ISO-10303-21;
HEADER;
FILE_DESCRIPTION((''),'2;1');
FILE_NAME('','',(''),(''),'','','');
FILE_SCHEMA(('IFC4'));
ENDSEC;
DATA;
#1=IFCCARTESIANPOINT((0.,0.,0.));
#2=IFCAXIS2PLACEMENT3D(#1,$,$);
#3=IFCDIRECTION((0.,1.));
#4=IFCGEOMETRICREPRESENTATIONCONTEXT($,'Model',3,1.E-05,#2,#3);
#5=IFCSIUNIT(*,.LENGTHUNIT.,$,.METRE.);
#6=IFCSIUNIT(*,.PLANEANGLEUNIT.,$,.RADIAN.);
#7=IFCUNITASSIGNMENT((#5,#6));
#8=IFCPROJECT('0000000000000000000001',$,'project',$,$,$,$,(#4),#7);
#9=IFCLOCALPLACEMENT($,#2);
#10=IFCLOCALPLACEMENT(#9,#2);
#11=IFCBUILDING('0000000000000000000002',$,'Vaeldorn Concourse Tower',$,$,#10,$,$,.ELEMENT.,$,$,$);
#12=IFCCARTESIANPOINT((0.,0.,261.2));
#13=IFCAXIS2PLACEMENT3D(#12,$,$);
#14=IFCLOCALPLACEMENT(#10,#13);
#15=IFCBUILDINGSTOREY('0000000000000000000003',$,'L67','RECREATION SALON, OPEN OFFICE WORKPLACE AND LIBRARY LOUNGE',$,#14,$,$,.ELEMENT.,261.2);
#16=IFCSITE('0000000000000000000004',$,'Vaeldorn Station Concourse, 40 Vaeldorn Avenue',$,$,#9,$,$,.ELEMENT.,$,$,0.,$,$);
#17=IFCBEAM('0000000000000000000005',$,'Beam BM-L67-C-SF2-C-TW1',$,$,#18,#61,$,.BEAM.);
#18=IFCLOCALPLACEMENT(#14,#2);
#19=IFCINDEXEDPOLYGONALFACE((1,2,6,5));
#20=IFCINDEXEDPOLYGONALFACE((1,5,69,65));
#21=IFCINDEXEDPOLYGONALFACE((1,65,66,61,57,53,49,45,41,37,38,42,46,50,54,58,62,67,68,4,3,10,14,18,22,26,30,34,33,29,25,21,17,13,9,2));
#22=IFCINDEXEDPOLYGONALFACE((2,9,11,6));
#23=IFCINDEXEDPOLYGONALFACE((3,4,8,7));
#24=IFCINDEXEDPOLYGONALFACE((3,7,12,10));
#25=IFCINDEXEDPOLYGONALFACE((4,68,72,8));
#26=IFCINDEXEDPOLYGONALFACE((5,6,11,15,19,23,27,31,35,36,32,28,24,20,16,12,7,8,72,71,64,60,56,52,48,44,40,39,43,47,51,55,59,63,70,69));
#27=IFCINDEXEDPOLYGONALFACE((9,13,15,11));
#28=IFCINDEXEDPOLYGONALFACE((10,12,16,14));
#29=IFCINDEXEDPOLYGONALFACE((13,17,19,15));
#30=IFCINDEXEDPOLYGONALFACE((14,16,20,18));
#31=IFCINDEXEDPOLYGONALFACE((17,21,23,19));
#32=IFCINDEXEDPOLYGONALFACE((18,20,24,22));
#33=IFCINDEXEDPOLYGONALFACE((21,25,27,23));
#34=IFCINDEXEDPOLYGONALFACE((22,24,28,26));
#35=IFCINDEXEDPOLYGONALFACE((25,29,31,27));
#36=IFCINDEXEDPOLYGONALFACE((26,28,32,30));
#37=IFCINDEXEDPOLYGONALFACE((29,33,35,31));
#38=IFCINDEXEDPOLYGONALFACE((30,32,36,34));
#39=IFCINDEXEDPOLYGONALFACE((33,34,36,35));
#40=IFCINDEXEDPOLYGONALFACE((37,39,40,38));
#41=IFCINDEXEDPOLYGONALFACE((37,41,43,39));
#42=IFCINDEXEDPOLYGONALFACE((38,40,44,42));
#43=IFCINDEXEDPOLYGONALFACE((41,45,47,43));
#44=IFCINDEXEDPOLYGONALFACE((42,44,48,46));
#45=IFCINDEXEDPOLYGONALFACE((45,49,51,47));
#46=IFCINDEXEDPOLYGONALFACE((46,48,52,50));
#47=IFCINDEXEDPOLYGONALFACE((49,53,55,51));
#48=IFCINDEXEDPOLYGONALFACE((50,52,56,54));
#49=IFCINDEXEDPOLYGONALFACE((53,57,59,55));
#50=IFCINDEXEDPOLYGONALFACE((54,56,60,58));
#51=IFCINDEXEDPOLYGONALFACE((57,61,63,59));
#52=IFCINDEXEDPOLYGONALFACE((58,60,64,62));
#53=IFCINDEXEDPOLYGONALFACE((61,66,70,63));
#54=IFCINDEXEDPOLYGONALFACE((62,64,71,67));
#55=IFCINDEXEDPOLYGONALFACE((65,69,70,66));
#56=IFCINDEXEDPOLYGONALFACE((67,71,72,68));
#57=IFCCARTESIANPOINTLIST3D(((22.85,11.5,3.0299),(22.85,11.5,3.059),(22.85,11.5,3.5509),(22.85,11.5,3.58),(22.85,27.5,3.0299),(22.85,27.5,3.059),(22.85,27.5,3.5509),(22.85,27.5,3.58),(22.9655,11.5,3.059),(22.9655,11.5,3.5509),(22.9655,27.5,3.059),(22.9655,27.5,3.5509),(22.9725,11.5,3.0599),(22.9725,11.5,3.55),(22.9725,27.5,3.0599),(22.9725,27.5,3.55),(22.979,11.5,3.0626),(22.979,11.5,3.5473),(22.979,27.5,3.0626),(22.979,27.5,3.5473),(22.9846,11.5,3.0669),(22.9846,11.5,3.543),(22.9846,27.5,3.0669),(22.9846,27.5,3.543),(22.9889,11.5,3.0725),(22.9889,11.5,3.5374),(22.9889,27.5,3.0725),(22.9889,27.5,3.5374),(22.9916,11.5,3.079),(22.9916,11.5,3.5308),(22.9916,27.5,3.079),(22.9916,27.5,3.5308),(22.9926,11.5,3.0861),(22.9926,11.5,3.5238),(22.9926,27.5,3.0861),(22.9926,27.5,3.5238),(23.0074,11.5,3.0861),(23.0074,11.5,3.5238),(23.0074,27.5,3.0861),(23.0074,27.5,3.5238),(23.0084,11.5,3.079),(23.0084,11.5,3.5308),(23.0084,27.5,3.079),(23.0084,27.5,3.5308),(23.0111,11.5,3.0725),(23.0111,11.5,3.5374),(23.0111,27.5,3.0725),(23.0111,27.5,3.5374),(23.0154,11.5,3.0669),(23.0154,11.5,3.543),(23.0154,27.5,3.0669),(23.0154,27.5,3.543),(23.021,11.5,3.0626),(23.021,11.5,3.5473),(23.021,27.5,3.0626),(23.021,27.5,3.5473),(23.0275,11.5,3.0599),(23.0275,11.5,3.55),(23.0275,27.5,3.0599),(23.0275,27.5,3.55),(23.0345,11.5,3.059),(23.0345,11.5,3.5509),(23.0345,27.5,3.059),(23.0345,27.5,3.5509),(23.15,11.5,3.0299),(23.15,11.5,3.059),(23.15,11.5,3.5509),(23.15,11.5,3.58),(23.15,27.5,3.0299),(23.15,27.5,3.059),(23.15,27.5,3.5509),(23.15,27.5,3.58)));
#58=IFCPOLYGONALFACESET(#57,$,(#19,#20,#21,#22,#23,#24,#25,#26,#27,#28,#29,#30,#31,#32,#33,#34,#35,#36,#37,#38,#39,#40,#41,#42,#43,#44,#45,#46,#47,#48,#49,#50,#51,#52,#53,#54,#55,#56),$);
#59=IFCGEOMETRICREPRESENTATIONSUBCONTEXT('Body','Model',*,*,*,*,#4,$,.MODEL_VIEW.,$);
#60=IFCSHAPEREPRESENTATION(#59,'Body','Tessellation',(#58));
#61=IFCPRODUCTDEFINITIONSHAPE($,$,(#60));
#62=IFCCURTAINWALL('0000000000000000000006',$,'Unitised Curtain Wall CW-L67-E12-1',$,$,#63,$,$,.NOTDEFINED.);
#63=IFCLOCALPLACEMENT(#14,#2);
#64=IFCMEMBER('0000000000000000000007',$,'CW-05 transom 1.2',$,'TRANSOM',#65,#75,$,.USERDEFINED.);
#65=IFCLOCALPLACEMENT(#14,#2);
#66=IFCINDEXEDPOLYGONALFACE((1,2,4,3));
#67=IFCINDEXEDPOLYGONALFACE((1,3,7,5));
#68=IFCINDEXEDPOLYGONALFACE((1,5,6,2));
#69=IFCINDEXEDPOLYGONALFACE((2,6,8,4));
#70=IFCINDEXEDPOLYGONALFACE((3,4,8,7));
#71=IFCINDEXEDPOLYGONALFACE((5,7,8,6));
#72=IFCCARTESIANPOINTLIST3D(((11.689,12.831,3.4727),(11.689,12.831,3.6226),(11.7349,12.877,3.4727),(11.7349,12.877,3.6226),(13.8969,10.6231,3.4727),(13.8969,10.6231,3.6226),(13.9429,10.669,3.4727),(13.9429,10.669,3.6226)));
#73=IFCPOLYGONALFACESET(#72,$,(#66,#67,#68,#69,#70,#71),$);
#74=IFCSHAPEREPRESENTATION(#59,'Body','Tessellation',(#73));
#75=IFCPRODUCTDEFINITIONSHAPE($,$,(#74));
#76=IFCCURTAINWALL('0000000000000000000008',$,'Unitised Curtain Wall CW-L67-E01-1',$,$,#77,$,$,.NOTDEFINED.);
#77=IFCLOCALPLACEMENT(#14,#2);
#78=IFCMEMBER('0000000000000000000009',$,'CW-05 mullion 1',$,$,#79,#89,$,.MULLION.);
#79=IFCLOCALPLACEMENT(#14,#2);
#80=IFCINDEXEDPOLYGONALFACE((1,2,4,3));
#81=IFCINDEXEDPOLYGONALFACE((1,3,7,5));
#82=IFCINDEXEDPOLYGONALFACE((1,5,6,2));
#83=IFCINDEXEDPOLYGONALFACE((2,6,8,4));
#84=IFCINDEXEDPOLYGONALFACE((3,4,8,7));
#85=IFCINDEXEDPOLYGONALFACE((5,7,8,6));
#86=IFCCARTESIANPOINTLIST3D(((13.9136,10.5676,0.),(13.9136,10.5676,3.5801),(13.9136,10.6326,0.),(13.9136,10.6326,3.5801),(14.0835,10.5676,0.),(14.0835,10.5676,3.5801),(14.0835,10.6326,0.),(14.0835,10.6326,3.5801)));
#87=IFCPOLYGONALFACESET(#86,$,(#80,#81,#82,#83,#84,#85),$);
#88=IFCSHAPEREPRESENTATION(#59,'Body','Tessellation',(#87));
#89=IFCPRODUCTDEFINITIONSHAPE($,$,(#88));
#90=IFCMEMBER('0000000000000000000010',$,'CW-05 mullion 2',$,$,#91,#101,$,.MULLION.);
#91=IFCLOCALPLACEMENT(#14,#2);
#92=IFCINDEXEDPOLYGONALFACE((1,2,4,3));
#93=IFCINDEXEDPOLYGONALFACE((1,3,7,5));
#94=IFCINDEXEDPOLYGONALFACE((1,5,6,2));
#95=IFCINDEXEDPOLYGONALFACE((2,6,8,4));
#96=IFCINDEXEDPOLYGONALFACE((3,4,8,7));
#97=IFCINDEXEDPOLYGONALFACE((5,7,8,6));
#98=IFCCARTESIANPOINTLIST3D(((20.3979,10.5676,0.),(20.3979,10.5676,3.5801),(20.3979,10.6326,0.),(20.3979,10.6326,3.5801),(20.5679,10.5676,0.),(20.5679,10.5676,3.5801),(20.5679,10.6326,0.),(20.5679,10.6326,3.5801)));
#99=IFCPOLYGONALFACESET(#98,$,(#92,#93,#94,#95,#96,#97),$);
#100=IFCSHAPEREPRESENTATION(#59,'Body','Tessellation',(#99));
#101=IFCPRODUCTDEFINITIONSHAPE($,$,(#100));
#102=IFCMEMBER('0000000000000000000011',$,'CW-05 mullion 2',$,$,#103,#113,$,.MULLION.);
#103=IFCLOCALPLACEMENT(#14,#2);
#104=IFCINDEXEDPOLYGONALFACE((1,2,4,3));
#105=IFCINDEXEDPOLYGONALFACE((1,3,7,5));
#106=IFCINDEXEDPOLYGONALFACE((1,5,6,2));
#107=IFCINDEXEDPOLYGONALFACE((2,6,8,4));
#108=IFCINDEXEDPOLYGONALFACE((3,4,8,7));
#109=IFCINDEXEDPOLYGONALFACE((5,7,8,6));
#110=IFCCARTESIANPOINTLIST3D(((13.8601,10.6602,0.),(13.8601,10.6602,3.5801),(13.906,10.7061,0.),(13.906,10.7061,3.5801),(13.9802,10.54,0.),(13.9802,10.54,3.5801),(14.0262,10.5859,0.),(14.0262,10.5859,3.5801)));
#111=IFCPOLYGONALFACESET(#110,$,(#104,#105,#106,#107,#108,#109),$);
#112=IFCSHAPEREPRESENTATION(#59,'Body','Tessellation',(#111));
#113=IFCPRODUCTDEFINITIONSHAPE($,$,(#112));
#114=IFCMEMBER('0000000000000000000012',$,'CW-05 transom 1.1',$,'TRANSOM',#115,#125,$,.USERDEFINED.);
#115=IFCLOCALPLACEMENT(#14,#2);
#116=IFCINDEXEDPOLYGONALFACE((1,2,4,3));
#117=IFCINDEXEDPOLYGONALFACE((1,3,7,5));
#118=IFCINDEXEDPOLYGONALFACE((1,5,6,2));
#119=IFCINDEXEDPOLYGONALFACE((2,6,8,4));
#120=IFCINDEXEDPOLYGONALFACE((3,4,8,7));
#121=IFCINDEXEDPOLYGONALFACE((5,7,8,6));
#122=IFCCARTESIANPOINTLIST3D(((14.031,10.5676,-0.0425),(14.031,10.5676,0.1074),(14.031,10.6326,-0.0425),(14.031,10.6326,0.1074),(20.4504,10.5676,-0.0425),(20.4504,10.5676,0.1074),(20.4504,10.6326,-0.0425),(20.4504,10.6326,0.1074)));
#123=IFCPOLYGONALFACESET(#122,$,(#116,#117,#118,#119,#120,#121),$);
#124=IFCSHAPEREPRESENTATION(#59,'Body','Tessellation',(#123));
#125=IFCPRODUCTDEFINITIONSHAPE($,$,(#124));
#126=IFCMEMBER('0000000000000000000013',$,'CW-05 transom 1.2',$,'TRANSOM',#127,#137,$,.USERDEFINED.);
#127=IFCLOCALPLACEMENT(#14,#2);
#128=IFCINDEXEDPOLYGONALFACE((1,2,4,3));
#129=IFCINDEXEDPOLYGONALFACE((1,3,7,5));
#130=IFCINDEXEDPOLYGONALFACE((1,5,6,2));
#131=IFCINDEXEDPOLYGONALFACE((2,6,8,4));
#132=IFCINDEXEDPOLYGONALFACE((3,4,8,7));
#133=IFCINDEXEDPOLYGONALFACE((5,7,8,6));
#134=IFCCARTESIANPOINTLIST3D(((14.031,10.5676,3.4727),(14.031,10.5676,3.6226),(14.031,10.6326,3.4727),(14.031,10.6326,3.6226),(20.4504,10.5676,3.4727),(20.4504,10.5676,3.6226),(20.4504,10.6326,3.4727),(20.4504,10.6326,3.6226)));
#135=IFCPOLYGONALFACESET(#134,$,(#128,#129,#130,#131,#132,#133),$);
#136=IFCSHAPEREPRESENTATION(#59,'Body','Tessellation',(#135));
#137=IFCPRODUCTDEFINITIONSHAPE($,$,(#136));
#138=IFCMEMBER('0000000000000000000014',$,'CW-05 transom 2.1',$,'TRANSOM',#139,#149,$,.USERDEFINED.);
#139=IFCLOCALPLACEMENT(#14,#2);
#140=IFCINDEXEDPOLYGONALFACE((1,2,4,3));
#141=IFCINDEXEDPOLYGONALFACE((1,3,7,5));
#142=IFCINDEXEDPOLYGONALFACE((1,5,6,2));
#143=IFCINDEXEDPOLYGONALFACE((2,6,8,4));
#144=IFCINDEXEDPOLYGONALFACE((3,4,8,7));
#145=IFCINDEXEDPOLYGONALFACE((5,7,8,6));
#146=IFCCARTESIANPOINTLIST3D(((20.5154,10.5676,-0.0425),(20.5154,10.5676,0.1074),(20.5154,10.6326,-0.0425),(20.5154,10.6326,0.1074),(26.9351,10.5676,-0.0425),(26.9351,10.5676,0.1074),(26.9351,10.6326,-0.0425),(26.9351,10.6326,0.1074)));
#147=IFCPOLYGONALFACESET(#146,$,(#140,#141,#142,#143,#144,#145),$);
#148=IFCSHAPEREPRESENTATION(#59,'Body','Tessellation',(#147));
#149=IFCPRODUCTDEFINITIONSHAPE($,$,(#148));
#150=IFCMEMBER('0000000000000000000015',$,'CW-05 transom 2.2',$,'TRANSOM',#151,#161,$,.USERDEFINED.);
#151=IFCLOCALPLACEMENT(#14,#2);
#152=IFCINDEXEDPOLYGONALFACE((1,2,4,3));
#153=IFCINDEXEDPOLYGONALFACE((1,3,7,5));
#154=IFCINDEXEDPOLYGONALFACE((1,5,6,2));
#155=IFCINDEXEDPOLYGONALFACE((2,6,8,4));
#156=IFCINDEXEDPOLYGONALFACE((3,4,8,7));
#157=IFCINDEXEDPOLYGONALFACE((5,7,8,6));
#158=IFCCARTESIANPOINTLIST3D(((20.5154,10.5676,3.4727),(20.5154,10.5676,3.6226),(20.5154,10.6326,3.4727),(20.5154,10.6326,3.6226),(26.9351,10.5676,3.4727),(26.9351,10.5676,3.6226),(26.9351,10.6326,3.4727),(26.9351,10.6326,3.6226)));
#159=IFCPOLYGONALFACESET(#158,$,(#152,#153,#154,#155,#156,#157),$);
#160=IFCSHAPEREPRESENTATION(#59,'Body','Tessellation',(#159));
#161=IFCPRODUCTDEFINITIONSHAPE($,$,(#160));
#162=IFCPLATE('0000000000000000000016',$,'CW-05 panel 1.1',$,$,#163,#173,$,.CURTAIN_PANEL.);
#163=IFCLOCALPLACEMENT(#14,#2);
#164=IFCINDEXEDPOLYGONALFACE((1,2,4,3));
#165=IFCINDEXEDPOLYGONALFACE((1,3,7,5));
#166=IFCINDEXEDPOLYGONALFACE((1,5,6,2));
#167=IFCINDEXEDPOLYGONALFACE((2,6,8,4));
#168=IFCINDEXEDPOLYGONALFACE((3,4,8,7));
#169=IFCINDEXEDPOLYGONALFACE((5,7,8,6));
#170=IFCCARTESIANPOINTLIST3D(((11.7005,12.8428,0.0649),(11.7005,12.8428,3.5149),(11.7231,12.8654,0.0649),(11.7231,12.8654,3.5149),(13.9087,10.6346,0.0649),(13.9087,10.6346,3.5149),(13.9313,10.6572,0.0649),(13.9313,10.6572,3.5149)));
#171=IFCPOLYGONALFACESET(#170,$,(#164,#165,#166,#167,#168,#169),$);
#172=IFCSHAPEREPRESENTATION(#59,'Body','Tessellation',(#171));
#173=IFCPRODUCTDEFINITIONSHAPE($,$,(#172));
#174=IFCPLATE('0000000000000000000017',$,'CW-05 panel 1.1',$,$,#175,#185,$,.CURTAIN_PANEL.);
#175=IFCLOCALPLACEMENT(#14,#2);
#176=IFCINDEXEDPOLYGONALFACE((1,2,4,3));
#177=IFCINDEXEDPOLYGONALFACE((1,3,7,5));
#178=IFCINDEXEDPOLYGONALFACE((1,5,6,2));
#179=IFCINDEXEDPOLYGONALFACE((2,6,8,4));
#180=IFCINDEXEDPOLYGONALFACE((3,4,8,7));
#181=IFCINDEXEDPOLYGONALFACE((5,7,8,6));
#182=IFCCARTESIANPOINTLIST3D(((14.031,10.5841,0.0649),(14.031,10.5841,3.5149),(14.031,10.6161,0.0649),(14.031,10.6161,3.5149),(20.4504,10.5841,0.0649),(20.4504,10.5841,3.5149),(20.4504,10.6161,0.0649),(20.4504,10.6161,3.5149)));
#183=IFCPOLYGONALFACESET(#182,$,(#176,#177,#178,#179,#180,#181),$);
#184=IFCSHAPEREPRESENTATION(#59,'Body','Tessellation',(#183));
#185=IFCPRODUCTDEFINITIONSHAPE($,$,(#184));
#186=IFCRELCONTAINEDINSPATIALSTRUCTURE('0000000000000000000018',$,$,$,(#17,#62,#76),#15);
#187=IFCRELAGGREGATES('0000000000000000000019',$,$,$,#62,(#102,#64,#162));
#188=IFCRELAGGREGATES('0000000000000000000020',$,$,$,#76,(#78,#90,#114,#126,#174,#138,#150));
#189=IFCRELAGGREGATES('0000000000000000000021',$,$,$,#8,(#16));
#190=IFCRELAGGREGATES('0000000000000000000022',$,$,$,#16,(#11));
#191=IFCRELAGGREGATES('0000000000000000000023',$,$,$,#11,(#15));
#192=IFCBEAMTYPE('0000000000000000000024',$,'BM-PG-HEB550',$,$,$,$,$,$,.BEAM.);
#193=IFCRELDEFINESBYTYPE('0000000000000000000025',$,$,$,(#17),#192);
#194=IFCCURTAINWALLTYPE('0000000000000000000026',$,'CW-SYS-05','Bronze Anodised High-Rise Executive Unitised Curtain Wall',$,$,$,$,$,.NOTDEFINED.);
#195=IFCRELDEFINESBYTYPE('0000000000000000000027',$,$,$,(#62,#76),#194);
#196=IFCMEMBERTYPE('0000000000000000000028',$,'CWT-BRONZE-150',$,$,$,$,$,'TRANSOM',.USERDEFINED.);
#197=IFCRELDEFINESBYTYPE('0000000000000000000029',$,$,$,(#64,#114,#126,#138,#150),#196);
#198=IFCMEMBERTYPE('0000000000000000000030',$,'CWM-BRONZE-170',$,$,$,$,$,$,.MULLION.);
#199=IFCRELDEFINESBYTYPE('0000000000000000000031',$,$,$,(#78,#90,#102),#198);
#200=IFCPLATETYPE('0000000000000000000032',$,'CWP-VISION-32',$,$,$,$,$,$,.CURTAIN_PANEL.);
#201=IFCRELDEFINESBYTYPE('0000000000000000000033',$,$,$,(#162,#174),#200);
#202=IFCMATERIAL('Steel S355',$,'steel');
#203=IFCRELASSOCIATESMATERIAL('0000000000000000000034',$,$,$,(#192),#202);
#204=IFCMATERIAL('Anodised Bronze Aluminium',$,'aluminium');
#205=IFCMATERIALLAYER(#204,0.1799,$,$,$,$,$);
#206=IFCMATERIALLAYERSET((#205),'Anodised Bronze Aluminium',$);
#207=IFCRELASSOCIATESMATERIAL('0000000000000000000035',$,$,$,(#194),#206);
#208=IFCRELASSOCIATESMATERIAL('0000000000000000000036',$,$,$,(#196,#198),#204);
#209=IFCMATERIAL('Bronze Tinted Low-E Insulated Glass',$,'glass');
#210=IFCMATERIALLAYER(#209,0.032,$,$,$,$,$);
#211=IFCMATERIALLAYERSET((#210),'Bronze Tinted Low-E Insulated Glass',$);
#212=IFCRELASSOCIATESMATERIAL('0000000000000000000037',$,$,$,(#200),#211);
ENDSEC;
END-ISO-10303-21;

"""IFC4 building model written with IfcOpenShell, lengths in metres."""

from ifc_helpers import new_model, si_unit, direction, frame, origin, origin_2d, place, context, subcontext, project, spatial, rectangle, i_section, extrude, source, transform, mapped, material, layer, layer_set, material_profile, profile_set, type_object, element, aggregate, save


model = new_model("IFC4")

# Units and contexts
model_context = context("Model", 3, precision=1e-05, world=origin(), true_north=direction((0.0, 1.0)))
body_context = subcontext(model_context, "Body", "Model", "MODEL_VIEW")
ifc_project = project(units=[si_unit("LENGTHUNIT", "METRE"), si_unit("PLANEANGLEUNIT", "RADIAN")], contexts=[model_context])

# Site, building, storey
site_placement = place(None, origin())
site = spatial("IfcSite", under=ifc_project, at=site_placement, Name="Vaeldorn Station Concourse, 40 Vaeldorn Avenue", CompositionType="ELEMENT", RefElevation=0.0)
building_placement = place(site_placement, origin())
building = spatial("IfcBuilding", under=site, at=building_placement, Name="Vaeldorn Concourse Tower", CompositionType="ELEMENT")
storey_placement = place(building_placement, frame((0.0, 0.0, 261.2)))
storey = spatial("IfcBuildingStorey", under=building, at=storey_placement, Name="L67", Description="RECREATION SALON, OPEN OFFICE WORKPLACE AND LIBRARY LOUNGE", CompositionType="ELEMENT", Elevation=261.2)

# Shared definitions
ifc_material_1 = material(Name="Steel S355", Category="steel")

# Beam
ifc_material_profile_1 = material_profile(ifc_material_1, i_section(OverallWidth=0.3, OverallDepth=0.55, WebThickness=0.0149, FlangeThickness=0.0291, FilletRadius=0.0271, at=origin_2d()), Name="HEB 550")
ifc_profile_set_1 = profile_set([ifc_material_profile_1], Name="Steel S355")
beam_type_1 = type_object("IfcBeamType", Name="BM-PG-HEB550", PredefinedType="BEAM", material=ifc_profile_set_1)
shared_shape_1 = source(origin(), body_context, "Body", "SweptSolid", [
    extrude(i_section(OverallWidth=0.3, OverallDepth=0.55, WebThickness=0.0149, FlangeThickness=0.0291, FilletRadius=0.0271, at=origin_2d()), origin(), (0.0, 0.0, 1.0), 16.0),
])
beam_1_placement = place(storey_placement, frame((23.0, 11.5, 3.3049), z_axis=(0.0, 1.0, 0.0), x_axis=(-1.0, 0.0, 0.0)))
element("IfcBeam", 1, at=beam_1_placement, inside=storey, type_object=beam_type_1, Name="Beam BM-L67-C-SF2-C-TW1", PredefinedType="BEAM", context=body_context, shape_type="MappedRepresentation", body=[
    mapped(shared_shape_1, transform((0.0, 0.0, 0.0), scale=1.0)),
])

# Curtain wall, member
ifc_material_2 = material(Name="Anodised Bronze Aluminium", Category="aluminium")
ifc_layer_1 = layer(ifc_material_2, 0.1799)
ifc_layer_set_1 = layer_set([ifc_layer_1], Name="Anodised Bronze Aluminium")
curtain_wall_type = type_object("IfcCurtainWallType", Name="CW-SYS-05", Description="Bronze Anodised High-Rise Executive Unitised Curtain Wall", PredefinedType="NOTDEFINED", material=ifc_layer_set_1)
curtain_wall_1_placement = place(storey_placement, origin())
curtain_wall_1 = element("IfcCurtainWall", 2, at=curtain_wall_1_placement, inside=storey, type_object=curtain_wall_type, Name="Unitised Curtain Wall CW-L67-E12-1", PredefinedType="NOTDEFINED")
ifc_material_profile_2 = material_profile(ifc_material_2, rectangle(XDim=0.0649, YDim=0.1499, at=origin_2d()), Name="CWT 65x150")
ifc_profile_set_2 = profile_set([ifc_material_profile_2], Name="Anodised Bronze Aluminium")
member_type_1 = type_object("IfcMemberType", Name="CWT-BRONZE-150", ElementType="TRANSOM", PredefinedType="USERDEFINED", material=ifc_profile_set_2)
shared_shape_2 = source(origin(), body_context, "Body", "SweptSolid", [
    extrude(rectangle(XDim=0.0649, YDim=0.1499, at=origin_2d()), origin(), (0.0, 0.0, 1.0), 3.1226),
])
member_1_placement = place(storey_placement, frame((11.7119, 12.854, 3.5476), z_axis=(0.707107, -0.707107, 0.0), x_axis=(0.707107, 0.707107, 0.0)))
member_1 = element("IfcMember", 3, at=member_1_placement, type_object=member_type_1, Name="CW-05 transom 1.2", ObjectType="TRANSOM", PredefinedType="USERDEFINED", context=body_context, shape_type="MappedRepresentation", body=[
    mapped(shared_shape_2, transform((0.0, 0.0, 0.0), scale=1.0)),
])

# Curtain wall, members
curtain_wall_2_placement = place(storey_placement, origin())
curtain_wall_2 = element("IfcCurtainWall", 4, at=curtain_wall_2_placement, inside=storey, type_object=curtain_wall_type, Name="Unitised Curtain Wall CW-L67-E01-1", PredefinedType="NOTDEFINED")
ifc_material_profile_3 = material_profile(ifc_material_2, rectangle(XDim=0.0649, YDim=0.1699, at=origin_2d()), Name="CWM 65x170")
ifc_profile_set_3 = profile_set([ifc_material_profile_3], Name="Anodised Bronze Aluminium")
member_type_2 = type_object("IfcMemberType", Name="CWM-BRONZE-170", PredefinedType="MULLION", material=ifc_profile_set_3)
shared_shape_3 = source(origin(), body_context, "Body", "SweptSolid", [
    extrude(rectangle(XDim=0.0649, YDim=0.1699, at=origin_2d()), origin(), (0.0, 0.0, 1.0), 3.5801),
])
member_2_placement = place(storey_placement, frame((13.9985, 10.6001, 0.0), z_axis=(0.0, 0.0, 1.0), x_axis=(0.0, 1.0, 0.0)))
member_2 = element("IfcMember", 5, at=member_2_placement, type_object=member_type_2, Name="CW-05 mullion 1", PredefinedType="MULLION", context=body_context, shape_type="MappedRepresentation", body=[
    mapped(shared_shape_3, transform((0.0, 0.0, 0.0), scale=1.0)),
])
member_3_placement = place(storey_placement, frame((20.4829, 10.6001, 0.0), z_axis=(0.0, 0.0, 1.0), x_axis=(0.0, 1.0, 0.0)))
member_3 = element("IfcMember", 6, at=member_3_placement, type_object=member_type_2, Name="CW-05 mullion 2", PredefinedType="MULLION", context=body_context, shape_type="MappedRepresentation", body=[
    mapped(shared_shape_3, transform((0.0, 0.0, 0.0), scale=1.0)),
])

# Members
member_4_placement = place(storey_placement, frame((13.9431, 10.623, 0.0), z_axis=(0.0, 0.0, 1.0), x_axis=(0.707107, 0.707107, 0.0)))
member_4 = element("IfcMember", 7, at=member_4_placement, type_object=member_type_2, Name="CW-05 mullion 2", PredefinedType="MULLION", context=body_context, shape_type="MappedRepresentation", body=[
    mapped(shared_shape_3, transform((0.0, 0.0, 0.0), scale=1.0)),
])
shared_shape_4 = source(origin(), body_context, "Body", "SweptSolid", [
    extrude(rectangle(XDim=0.0649, YDim=0.1499, at=origin_2d()), origin(), (0.0, 0.0, 1.0), 6.4194),
])
member_5_placement = place(storey_placement, frame((14.031, 10.6001, 0.0325), z_axis=(1.0, 0.0, 0.0), x_axis=(0.0, 1.0, 0.0)))
member_5 = element("IfcMember", 8, at=member_5_placement, type_object=member_type_1, Name="CW-05 transom 1.1", ObjectType="TRANSOM", PredefinedType="USERDEFINED", context=body_context, shape_type="MappedRepresentation", body=[
    mapped(shared_shape_4, transform((0.0, 0.0, 0.0), scale=1.0)),
])
member_6_placement = place(storey_placement, frame((14.031, 10.6001, 3.5476), z_axis=(1.0, 0.0, 0.0), x_axis=(0.0, 1.0, 0.0)))
member_6 = element("IfcMember", 9, at=member_6_placement, type_object=member_type_1, Name="CW-05 transom 1.2", ObjectType="TRANSOM", PredefinedType="USERDEFINED", context=body_context, shape_type="MappedRepresentation", body=[
    mapped(shared_shape_4, transform((0.0, 0.0, 0.0), scale=1.0)),
])
shared_shape_5 = source(origin(), body_context, "Body", "SweptSolid", [
    extrude(rectangle(XDim=0.0649, YDim=0.1499, at=origin_2d()), origin(), (0.0, 0.0, 1.0), 6.4197),
])
member_7_placement = place(storey_placement, frame((20.5154, 10.6001, 0.0325), z_axis=(1.0, 0.0, 0.0), x_axis=(0.0, 1.0, 0.0)))
member_7 = element("IfcMember", 10, at=member_7_placement, type_object=member_type_1, Name="CW-05 transom 2.1", ObjectType="TRANSOM", PredefinedType="USERDEFINED", context=body_context, shape_type="MappedRepresentation", body=[
    mapped(shared_shape_5, transform((0.0, 0.0, 0.0), scale=1.0)),
])
member_8_placement = place(storey_placement, frame((20.5154, 10.6001, 3.5476), z_axis=(1.0, 0.0, 0.0), x_axis=(0.0, 1.0, 0.0)))
member_8 = element("IfcMember", 11, at=member_8_placement, type_object=member_type_1, Name="CW-05 transom 2.2", ObjectType="TRANSOM", PredefinedType="USERDEFINED", context=body_context, shape_type="MappedRepresentation", body=[
    mapped(shared_shape_5, transform((0.0, 0.0, 0.0), scale=1.0)),
])

# Plates
ifc_material_3 = material(Name="Bronze Tinted Low-E Insulated Glass", Category="glass")
ifc_layer_2 = layer(ifc_material_3, 0.032)
ifc_layer_set_2 = layer_set([ifc_layer_2], Name="Bronze Tinted Low-E Insulated Glass")
plate_type = type_object("IfcPlateType", Name="CWP-VISION-32", PredefinedType="CURTAIN_PANEL", material=ifc_layer_set_2)
shared_shape_6 = source(origin(), body_context, "Body", "SweptSolid", [
    extrude(rectangle(XDim=3.1228, YDim=0.032, at=origin_2d()), origin(), (0.0, 0.0, 1.0), 3.45),
])
plate_1_placement = place(storey_placement, frame((12.8159, 11.75, 0.0649), z_axis=(0.0, 0.0, 1.0), x_axis=(0.707107, -0.707107, 0.0)))
plate_1 = element("IfcPlate", 12, at=plate_1_placement, type_object=plate_type, Name="CW-05 panel 1.1", PredefinedType="CURTAIN_PANEL", context=body_context, shape_type="MappedRepresentation", body=[
    mapped(shared_shape_6, transform((0.0, 0.0, 0.0), scale=1.0)),
])
aggregate(curtain_wall_1, [member_4, member_1, plate_1])
shared_shape_7 = source(origin(), body_context, "Body", "SweptSolid", [
    extrude(rectangle(XDim=6.4194, YDim=0.032, at=origin_2d()), origin(), (0.0, 0.0, 1.0), 3.45),
])
plate_2_placement = place(storey_placement, frame((17.2407, 10.6001, 0.0649), z_axis=(0.0, 0.0, 1.0), x_axis=(1.0, 0.0, 0.0)))
plate_2 = element("IfcPlate", 13, at=plate_2_placement, type_object=plate_type, Name="CW-05 panel 1.1", PredefinedType="CURTAIN_PANEL", context=body_context, shape_type="MappedRepresentation", body=[
    mapped(shared_shape_7, transform((0.0, 0.0, 0.0), scale=1.0)),
])
aggregate(curtain_wall_2, [member_2, member_3, member_5, member_6, plate_2, member_7, member_8])

save(model, "model.ifc")
